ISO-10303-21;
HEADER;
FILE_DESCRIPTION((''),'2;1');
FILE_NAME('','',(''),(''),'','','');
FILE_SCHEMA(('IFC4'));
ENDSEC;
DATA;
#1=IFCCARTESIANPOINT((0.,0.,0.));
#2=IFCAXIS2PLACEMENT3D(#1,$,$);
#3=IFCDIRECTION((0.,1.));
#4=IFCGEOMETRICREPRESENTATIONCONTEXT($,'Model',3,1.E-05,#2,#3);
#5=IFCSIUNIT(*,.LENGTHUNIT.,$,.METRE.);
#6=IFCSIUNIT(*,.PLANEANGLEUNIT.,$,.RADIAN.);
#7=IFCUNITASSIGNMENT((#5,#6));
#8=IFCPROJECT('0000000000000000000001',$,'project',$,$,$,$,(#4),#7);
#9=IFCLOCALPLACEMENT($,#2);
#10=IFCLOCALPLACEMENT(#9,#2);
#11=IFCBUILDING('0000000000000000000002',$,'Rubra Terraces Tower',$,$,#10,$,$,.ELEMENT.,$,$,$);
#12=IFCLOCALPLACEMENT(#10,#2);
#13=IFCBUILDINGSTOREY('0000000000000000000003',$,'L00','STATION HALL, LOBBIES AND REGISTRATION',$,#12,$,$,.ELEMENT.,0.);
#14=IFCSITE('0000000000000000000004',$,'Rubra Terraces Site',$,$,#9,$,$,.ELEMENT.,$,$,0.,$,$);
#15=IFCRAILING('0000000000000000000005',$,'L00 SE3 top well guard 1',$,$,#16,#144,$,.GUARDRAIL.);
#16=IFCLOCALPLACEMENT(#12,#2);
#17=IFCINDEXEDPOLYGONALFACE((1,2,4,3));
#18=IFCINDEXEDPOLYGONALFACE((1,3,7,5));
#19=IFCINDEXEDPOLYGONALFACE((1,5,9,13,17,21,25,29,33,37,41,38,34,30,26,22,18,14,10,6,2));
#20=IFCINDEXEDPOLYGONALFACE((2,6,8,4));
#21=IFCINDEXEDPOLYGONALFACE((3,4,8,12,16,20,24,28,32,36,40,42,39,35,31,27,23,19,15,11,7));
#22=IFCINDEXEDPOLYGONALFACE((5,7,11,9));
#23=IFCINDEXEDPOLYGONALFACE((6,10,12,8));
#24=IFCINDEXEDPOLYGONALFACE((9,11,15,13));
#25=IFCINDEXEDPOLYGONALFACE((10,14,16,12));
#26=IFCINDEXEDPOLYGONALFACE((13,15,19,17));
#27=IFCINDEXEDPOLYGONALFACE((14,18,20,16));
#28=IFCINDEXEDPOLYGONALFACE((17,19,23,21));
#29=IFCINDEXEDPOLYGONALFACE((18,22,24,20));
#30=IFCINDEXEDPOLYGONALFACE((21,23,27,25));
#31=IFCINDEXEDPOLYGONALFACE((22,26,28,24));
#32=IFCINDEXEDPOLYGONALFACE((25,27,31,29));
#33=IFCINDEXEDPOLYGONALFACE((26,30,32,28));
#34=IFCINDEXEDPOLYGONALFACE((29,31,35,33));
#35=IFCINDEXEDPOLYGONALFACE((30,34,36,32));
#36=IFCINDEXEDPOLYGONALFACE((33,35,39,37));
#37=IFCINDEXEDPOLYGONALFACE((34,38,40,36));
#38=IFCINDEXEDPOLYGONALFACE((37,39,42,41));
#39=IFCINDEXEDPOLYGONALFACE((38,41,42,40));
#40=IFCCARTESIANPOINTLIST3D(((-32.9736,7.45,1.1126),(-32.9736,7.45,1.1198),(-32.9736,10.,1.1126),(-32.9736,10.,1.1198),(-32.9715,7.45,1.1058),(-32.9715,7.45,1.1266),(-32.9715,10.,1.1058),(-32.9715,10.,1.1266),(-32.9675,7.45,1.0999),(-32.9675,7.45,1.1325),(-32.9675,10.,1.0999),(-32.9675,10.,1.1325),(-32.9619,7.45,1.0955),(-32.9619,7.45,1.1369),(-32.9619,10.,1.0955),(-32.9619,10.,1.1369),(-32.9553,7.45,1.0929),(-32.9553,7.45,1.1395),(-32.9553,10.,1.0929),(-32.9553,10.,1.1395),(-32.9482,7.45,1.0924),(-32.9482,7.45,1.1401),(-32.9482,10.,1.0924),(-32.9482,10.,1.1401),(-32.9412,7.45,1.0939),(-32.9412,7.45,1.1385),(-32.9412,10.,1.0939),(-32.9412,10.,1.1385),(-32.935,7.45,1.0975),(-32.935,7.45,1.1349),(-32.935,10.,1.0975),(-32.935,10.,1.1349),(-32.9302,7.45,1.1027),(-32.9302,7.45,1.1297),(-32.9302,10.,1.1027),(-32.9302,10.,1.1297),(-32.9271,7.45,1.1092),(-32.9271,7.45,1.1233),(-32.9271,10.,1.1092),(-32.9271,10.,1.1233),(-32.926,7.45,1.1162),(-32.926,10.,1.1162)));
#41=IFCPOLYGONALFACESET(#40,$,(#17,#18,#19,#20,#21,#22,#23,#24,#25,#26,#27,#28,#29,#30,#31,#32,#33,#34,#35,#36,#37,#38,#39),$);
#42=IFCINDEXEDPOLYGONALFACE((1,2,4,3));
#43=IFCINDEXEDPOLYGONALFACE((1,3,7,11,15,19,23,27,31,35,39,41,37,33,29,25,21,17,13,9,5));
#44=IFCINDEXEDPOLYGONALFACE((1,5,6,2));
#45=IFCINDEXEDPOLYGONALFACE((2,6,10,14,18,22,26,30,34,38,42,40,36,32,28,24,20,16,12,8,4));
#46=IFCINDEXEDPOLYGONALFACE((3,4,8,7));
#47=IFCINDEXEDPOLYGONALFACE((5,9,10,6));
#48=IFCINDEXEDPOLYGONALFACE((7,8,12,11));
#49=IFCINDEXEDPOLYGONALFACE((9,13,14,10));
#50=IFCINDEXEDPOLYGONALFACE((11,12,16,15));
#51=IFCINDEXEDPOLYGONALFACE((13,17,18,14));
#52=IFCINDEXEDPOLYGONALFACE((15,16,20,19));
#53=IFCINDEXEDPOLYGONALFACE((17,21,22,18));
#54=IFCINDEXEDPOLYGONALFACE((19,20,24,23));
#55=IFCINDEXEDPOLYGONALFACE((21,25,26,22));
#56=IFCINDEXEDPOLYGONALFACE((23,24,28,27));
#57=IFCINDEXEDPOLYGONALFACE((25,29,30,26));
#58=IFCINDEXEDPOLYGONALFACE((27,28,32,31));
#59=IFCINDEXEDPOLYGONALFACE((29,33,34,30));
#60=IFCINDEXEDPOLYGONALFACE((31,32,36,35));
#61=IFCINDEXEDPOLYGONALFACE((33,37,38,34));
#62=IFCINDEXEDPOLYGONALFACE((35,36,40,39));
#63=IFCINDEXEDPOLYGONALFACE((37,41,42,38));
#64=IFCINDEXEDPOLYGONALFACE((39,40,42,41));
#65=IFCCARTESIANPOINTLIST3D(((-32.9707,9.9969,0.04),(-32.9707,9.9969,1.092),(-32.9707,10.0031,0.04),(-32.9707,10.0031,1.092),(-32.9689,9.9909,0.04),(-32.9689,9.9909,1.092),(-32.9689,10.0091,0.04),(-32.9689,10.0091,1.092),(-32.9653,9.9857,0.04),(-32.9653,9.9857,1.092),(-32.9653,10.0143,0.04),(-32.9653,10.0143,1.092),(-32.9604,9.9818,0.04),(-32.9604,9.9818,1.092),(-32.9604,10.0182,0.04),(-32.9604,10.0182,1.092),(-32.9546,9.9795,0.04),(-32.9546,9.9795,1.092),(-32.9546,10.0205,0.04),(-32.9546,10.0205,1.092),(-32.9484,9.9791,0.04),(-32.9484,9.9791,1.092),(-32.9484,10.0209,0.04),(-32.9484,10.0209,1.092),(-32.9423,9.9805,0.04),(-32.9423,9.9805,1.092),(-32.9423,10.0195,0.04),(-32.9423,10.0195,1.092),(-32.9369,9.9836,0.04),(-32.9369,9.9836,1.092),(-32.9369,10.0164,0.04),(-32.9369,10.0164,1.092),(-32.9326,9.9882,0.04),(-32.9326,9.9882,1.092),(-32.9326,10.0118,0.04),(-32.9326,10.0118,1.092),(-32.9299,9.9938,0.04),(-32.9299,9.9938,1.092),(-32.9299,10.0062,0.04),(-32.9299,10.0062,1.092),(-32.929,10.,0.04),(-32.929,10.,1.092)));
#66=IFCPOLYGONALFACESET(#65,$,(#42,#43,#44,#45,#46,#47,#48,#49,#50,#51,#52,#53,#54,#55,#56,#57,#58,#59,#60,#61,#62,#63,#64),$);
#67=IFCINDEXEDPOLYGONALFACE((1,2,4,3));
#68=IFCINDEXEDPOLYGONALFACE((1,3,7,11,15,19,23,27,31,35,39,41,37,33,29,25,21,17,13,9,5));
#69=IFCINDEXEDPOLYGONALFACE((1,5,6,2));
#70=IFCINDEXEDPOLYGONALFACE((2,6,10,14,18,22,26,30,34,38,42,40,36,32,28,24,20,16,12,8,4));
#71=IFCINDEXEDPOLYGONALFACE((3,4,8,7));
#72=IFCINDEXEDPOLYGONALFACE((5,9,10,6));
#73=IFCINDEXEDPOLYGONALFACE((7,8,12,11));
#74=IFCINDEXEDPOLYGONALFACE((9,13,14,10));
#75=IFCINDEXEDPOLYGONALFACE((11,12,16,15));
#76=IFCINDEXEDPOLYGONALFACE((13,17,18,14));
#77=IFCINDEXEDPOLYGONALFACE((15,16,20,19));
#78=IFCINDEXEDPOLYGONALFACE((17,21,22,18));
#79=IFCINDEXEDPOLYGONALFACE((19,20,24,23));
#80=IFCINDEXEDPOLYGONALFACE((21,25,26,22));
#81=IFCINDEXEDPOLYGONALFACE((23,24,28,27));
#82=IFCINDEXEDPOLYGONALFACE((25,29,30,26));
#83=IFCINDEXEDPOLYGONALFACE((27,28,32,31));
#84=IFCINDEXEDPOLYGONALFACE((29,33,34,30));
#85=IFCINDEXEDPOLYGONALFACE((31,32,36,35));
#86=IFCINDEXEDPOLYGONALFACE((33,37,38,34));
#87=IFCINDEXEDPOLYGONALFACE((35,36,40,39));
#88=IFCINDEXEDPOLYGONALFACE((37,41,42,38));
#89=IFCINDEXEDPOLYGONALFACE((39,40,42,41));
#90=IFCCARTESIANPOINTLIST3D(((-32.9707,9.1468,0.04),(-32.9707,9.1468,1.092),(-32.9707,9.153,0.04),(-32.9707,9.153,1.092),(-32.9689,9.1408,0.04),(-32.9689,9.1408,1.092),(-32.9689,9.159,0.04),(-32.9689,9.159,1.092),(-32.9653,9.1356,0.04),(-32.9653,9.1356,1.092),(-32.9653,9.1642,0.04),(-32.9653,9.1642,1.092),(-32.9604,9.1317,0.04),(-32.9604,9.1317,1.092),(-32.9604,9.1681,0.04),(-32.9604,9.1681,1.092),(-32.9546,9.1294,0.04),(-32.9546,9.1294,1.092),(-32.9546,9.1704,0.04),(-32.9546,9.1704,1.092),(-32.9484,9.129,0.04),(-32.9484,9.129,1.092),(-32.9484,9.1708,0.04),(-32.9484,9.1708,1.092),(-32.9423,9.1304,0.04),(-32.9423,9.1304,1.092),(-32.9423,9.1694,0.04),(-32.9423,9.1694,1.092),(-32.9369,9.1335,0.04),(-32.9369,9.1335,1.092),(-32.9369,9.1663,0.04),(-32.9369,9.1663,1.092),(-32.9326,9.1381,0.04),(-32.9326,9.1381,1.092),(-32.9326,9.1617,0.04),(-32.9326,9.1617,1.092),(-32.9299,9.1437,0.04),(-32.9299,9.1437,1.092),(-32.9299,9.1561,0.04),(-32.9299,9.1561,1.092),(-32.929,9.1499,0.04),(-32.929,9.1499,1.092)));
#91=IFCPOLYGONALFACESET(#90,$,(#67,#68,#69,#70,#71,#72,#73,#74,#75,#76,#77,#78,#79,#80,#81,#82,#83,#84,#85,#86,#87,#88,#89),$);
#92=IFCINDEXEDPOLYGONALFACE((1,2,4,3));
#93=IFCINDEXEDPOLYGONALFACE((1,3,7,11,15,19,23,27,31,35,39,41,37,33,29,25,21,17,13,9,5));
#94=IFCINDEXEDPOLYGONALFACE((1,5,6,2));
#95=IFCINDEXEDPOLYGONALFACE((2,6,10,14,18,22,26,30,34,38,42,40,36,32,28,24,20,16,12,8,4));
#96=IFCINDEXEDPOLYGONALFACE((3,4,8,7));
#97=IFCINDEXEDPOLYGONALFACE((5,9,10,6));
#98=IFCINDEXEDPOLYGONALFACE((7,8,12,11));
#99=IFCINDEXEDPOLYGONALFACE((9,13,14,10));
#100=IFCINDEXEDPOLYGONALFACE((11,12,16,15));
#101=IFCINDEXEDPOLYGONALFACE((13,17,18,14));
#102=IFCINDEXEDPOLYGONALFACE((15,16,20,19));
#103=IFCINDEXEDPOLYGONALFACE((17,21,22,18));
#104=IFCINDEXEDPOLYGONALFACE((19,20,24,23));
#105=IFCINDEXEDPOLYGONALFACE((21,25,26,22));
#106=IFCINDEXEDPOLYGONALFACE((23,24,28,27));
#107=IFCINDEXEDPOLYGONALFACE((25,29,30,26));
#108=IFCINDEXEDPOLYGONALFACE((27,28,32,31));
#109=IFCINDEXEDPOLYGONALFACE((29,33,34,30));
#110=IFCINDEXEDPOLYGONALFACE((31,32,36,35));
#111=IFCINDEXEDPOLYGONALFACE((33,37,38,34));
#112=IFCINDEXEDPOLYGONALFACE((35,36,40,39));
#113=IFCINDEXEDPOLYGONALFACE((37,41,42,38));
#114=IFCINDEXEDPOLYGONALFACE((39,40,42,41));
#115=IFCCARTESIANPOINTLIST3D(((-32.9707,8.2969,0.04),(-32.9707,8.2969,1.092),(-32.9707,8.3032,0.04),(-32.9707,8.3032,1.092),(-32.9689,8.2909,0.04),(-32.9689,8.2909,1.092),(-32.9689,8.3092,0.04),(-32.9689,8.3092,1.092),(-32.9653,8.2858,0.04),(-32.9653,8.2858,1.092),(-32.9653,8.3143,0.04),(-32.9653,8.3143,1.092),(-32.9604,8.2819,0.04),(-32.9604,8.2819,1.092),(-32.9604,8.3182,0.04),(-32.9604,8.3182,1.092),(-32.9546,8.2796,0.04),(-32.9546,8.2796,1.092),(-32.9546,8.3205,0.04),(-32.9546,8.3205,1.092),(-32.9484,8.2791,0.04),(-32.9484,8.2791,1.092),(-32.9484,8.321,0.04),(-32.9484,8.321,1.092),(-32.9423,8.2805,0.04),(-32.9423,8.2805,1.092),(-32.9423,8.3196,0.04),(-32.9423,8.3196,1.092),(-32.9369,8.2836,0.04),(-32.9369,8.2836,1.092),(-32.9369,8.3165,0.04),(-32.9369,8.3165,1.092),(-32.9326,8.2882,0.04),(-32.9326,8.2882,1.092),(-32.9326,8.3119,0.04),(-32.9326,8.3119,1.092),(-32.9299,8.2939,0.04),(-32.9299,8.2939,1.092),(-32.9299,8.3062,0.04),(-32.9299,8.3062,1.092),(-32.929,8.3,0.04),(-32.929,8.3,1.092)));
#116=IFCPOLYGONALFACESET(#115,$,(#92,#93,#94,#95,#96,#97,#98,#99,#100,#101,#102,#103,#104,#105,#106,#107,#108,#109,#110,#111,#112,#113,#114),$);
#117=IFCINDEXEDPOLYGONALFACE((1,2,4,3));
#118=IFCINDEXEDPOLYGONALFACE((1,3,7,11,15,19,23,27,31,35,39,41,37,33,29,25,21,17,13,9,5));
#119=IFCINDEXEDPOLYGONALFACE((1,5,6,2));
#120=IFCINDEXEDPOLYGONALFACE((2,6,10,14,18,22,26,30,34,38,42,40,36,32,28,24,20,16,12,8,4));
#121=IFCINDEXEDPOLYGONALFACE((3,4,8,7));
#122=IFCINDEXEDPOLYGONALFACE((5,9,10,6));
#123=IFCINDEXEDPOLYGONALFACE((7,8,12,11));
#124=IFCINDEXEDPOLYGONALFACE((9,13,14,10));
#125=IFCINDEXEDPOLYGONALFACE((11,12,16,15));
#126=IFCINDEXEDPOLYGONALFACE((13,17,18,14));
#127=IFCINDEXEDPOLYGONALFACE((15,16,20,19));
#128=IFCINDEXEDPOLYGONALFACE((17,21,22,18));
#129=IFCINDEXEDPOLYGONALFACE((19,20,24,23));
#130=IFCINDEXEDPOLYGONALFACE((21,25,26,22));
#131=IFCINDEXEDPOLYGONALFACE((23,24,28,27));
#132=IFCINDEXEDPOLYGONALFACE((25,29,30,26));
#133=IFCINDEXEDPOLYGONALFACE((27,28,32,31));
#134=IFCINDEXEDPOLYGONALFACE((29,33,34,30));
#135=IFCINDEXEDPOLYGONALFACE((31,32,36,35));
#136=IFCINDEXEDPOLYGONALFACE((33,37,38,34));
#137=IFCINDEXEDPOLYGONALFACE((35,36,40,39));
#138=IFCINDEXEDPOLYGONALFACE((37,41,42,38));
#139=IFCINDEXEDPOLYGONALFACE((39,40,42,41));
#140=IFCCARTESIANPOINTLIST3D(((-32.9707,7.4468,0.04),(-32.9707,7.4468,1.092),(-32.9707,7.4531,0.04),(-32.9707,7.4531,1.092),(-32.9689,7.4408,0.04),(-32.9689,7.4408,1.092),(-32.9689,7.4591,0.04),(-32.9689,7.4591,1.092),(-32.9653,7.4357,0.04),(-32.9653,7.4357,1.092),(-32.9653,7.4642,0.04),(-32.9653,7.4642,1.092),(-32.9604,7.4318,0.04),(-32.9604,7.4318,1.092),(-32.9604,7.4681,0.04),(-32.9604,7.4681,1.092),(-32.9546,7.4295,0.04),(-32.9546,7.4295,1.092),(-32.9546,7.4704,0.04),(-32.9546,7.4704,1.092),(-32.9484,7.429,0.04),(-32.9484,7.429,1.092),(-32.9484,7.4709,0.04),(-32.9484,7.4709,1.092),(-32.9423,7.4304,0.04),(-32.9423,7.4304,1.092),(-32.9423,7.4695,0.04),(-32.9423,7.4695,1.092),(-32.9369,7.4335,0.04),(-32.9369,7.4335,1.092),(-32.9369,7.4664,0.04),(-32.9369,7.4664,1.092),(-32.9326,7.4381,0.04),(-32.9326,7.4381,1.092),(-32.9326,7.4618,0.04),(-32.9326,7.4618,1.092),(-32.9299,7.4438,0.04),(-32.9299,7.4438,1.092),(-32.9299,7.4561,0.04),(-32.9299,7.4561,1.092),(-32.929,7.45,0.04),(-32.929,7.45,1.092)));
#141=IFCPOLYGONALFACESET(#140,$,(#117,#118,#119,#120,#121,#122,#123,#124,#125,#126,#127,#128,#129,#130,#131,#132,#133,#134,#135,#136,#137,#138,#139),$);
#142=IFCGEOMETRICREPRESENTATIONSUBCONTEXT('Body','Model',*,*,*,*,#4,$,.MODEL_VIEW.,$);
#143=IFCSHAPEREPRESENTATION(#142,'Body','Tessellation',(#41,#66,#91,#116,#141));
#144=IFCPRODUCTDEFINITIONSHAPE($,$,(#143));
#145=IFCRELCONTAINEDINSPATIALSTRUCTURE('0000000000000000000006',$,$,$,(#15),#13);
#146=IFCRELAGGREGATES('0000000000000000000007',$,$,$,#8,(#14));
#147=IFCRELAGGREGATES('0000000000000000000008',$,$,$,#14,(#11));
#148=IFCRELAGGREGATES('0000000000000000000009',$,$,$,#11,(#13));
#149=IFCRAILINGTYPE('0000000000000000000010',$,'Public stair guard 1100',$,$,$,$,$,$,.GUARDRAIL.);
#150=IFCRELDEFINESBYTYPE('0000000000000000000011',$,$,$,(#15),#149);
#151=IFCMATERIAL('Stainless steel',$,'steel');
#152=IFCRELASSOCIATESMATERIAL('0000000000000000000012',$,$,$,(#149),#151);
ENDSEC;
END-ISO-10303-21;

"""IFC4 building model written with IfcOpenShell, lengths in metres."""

from ifc_helpers import new_model, si_unit, direction, frame, origin, origin_2d, place, context, subcontext, project, spatial, circle, extrude, material, type_object, element, save


model = new_model("IFC4")

# Units and contexts
model_context = context("Model", 3, precision=1e-05, world=origin(), true_north=direction((0.0, 1.0)))
body_context = subcontext(model_context, "Body", "Model", "MODEL_VIEW")
ifc_project = project(units=[si_unit("LENGTHUNIT", "METRE"), si_unit("PLANEANGLEUNIT", "RADIAN")], contexts=[model_context])

# Site, building, storey
site_placement = place(None, origin())
site = spatial("IfcSite", under=ifc_project, at=site_placement, Name="Rubra Terraces Site", CompositionType="ELEMENT", RefElevation=0.0)
building_placement = place(site_placement, origin())
building = spatial("IfcBuilding", under=site, at=building_placement, Name="Rubra Terraces Tower", CompositionType="ELEMENT")
storey_placement = place(building_placement, origin())
storey = spatial("IfcBuildingStorey", under=building, at=storey_placement, Name="L00", Description="STATION HALL, LOBBIES AND REGISTRATION", CompositionType="ELEMENT", Elevation=0.0)

# Railing
ifc_material_1 = material(Name="Stainless steel", Category="steel")
railing_type = type_object("IfcRailingType", Name="Public stair guard 1100", PredefinedType="GUARDRAIL", material=ifc_material_1)
railing_1_placement = place(storey_placement, frame((-32.95, 10.0, 0.04)))
element("IfcRailing", 1, at=railing_1_placement, inside=storey, type_object=railing_type, Name="L00 SE3 top well guard 1", PredefinedType="GUARDRAIL", context=body_context, shape_type="SweptSolid", body=[
    extrude(circle(Radius=0.0239, at=origin_2d()), frame((0.0, 0.0, 1.0762), z_axis=(0.0, -1.0, 0.0), x_axis=(1.0, 0.0, 0.0)), (0.0, 0.0, 1.0), 2.55),
    extrude(circle(Radius=0.021, at=origin_2d()), origin(), (0.0, 0.0, 1.0), 1.052),
    extrude(circle(Radius=0.021, at=origin_2d()), frame((0.0, -0.8501, 0.0)), (0.0, 0.0, 1.0), 1.052),
    extrude(circle(Radius=0.021, at=origin_2d()), frame((0.0, -1.7, 0.0)), (0.0, 0.0, 1.0), 1.052),
    extrude(circle(Radius=0.021, at=origin_2d()), frame((0.0, -2.55, 0.0)), (0.0, 0.0, 1.0), 1.052),
])

save(model, "model.ifc")
